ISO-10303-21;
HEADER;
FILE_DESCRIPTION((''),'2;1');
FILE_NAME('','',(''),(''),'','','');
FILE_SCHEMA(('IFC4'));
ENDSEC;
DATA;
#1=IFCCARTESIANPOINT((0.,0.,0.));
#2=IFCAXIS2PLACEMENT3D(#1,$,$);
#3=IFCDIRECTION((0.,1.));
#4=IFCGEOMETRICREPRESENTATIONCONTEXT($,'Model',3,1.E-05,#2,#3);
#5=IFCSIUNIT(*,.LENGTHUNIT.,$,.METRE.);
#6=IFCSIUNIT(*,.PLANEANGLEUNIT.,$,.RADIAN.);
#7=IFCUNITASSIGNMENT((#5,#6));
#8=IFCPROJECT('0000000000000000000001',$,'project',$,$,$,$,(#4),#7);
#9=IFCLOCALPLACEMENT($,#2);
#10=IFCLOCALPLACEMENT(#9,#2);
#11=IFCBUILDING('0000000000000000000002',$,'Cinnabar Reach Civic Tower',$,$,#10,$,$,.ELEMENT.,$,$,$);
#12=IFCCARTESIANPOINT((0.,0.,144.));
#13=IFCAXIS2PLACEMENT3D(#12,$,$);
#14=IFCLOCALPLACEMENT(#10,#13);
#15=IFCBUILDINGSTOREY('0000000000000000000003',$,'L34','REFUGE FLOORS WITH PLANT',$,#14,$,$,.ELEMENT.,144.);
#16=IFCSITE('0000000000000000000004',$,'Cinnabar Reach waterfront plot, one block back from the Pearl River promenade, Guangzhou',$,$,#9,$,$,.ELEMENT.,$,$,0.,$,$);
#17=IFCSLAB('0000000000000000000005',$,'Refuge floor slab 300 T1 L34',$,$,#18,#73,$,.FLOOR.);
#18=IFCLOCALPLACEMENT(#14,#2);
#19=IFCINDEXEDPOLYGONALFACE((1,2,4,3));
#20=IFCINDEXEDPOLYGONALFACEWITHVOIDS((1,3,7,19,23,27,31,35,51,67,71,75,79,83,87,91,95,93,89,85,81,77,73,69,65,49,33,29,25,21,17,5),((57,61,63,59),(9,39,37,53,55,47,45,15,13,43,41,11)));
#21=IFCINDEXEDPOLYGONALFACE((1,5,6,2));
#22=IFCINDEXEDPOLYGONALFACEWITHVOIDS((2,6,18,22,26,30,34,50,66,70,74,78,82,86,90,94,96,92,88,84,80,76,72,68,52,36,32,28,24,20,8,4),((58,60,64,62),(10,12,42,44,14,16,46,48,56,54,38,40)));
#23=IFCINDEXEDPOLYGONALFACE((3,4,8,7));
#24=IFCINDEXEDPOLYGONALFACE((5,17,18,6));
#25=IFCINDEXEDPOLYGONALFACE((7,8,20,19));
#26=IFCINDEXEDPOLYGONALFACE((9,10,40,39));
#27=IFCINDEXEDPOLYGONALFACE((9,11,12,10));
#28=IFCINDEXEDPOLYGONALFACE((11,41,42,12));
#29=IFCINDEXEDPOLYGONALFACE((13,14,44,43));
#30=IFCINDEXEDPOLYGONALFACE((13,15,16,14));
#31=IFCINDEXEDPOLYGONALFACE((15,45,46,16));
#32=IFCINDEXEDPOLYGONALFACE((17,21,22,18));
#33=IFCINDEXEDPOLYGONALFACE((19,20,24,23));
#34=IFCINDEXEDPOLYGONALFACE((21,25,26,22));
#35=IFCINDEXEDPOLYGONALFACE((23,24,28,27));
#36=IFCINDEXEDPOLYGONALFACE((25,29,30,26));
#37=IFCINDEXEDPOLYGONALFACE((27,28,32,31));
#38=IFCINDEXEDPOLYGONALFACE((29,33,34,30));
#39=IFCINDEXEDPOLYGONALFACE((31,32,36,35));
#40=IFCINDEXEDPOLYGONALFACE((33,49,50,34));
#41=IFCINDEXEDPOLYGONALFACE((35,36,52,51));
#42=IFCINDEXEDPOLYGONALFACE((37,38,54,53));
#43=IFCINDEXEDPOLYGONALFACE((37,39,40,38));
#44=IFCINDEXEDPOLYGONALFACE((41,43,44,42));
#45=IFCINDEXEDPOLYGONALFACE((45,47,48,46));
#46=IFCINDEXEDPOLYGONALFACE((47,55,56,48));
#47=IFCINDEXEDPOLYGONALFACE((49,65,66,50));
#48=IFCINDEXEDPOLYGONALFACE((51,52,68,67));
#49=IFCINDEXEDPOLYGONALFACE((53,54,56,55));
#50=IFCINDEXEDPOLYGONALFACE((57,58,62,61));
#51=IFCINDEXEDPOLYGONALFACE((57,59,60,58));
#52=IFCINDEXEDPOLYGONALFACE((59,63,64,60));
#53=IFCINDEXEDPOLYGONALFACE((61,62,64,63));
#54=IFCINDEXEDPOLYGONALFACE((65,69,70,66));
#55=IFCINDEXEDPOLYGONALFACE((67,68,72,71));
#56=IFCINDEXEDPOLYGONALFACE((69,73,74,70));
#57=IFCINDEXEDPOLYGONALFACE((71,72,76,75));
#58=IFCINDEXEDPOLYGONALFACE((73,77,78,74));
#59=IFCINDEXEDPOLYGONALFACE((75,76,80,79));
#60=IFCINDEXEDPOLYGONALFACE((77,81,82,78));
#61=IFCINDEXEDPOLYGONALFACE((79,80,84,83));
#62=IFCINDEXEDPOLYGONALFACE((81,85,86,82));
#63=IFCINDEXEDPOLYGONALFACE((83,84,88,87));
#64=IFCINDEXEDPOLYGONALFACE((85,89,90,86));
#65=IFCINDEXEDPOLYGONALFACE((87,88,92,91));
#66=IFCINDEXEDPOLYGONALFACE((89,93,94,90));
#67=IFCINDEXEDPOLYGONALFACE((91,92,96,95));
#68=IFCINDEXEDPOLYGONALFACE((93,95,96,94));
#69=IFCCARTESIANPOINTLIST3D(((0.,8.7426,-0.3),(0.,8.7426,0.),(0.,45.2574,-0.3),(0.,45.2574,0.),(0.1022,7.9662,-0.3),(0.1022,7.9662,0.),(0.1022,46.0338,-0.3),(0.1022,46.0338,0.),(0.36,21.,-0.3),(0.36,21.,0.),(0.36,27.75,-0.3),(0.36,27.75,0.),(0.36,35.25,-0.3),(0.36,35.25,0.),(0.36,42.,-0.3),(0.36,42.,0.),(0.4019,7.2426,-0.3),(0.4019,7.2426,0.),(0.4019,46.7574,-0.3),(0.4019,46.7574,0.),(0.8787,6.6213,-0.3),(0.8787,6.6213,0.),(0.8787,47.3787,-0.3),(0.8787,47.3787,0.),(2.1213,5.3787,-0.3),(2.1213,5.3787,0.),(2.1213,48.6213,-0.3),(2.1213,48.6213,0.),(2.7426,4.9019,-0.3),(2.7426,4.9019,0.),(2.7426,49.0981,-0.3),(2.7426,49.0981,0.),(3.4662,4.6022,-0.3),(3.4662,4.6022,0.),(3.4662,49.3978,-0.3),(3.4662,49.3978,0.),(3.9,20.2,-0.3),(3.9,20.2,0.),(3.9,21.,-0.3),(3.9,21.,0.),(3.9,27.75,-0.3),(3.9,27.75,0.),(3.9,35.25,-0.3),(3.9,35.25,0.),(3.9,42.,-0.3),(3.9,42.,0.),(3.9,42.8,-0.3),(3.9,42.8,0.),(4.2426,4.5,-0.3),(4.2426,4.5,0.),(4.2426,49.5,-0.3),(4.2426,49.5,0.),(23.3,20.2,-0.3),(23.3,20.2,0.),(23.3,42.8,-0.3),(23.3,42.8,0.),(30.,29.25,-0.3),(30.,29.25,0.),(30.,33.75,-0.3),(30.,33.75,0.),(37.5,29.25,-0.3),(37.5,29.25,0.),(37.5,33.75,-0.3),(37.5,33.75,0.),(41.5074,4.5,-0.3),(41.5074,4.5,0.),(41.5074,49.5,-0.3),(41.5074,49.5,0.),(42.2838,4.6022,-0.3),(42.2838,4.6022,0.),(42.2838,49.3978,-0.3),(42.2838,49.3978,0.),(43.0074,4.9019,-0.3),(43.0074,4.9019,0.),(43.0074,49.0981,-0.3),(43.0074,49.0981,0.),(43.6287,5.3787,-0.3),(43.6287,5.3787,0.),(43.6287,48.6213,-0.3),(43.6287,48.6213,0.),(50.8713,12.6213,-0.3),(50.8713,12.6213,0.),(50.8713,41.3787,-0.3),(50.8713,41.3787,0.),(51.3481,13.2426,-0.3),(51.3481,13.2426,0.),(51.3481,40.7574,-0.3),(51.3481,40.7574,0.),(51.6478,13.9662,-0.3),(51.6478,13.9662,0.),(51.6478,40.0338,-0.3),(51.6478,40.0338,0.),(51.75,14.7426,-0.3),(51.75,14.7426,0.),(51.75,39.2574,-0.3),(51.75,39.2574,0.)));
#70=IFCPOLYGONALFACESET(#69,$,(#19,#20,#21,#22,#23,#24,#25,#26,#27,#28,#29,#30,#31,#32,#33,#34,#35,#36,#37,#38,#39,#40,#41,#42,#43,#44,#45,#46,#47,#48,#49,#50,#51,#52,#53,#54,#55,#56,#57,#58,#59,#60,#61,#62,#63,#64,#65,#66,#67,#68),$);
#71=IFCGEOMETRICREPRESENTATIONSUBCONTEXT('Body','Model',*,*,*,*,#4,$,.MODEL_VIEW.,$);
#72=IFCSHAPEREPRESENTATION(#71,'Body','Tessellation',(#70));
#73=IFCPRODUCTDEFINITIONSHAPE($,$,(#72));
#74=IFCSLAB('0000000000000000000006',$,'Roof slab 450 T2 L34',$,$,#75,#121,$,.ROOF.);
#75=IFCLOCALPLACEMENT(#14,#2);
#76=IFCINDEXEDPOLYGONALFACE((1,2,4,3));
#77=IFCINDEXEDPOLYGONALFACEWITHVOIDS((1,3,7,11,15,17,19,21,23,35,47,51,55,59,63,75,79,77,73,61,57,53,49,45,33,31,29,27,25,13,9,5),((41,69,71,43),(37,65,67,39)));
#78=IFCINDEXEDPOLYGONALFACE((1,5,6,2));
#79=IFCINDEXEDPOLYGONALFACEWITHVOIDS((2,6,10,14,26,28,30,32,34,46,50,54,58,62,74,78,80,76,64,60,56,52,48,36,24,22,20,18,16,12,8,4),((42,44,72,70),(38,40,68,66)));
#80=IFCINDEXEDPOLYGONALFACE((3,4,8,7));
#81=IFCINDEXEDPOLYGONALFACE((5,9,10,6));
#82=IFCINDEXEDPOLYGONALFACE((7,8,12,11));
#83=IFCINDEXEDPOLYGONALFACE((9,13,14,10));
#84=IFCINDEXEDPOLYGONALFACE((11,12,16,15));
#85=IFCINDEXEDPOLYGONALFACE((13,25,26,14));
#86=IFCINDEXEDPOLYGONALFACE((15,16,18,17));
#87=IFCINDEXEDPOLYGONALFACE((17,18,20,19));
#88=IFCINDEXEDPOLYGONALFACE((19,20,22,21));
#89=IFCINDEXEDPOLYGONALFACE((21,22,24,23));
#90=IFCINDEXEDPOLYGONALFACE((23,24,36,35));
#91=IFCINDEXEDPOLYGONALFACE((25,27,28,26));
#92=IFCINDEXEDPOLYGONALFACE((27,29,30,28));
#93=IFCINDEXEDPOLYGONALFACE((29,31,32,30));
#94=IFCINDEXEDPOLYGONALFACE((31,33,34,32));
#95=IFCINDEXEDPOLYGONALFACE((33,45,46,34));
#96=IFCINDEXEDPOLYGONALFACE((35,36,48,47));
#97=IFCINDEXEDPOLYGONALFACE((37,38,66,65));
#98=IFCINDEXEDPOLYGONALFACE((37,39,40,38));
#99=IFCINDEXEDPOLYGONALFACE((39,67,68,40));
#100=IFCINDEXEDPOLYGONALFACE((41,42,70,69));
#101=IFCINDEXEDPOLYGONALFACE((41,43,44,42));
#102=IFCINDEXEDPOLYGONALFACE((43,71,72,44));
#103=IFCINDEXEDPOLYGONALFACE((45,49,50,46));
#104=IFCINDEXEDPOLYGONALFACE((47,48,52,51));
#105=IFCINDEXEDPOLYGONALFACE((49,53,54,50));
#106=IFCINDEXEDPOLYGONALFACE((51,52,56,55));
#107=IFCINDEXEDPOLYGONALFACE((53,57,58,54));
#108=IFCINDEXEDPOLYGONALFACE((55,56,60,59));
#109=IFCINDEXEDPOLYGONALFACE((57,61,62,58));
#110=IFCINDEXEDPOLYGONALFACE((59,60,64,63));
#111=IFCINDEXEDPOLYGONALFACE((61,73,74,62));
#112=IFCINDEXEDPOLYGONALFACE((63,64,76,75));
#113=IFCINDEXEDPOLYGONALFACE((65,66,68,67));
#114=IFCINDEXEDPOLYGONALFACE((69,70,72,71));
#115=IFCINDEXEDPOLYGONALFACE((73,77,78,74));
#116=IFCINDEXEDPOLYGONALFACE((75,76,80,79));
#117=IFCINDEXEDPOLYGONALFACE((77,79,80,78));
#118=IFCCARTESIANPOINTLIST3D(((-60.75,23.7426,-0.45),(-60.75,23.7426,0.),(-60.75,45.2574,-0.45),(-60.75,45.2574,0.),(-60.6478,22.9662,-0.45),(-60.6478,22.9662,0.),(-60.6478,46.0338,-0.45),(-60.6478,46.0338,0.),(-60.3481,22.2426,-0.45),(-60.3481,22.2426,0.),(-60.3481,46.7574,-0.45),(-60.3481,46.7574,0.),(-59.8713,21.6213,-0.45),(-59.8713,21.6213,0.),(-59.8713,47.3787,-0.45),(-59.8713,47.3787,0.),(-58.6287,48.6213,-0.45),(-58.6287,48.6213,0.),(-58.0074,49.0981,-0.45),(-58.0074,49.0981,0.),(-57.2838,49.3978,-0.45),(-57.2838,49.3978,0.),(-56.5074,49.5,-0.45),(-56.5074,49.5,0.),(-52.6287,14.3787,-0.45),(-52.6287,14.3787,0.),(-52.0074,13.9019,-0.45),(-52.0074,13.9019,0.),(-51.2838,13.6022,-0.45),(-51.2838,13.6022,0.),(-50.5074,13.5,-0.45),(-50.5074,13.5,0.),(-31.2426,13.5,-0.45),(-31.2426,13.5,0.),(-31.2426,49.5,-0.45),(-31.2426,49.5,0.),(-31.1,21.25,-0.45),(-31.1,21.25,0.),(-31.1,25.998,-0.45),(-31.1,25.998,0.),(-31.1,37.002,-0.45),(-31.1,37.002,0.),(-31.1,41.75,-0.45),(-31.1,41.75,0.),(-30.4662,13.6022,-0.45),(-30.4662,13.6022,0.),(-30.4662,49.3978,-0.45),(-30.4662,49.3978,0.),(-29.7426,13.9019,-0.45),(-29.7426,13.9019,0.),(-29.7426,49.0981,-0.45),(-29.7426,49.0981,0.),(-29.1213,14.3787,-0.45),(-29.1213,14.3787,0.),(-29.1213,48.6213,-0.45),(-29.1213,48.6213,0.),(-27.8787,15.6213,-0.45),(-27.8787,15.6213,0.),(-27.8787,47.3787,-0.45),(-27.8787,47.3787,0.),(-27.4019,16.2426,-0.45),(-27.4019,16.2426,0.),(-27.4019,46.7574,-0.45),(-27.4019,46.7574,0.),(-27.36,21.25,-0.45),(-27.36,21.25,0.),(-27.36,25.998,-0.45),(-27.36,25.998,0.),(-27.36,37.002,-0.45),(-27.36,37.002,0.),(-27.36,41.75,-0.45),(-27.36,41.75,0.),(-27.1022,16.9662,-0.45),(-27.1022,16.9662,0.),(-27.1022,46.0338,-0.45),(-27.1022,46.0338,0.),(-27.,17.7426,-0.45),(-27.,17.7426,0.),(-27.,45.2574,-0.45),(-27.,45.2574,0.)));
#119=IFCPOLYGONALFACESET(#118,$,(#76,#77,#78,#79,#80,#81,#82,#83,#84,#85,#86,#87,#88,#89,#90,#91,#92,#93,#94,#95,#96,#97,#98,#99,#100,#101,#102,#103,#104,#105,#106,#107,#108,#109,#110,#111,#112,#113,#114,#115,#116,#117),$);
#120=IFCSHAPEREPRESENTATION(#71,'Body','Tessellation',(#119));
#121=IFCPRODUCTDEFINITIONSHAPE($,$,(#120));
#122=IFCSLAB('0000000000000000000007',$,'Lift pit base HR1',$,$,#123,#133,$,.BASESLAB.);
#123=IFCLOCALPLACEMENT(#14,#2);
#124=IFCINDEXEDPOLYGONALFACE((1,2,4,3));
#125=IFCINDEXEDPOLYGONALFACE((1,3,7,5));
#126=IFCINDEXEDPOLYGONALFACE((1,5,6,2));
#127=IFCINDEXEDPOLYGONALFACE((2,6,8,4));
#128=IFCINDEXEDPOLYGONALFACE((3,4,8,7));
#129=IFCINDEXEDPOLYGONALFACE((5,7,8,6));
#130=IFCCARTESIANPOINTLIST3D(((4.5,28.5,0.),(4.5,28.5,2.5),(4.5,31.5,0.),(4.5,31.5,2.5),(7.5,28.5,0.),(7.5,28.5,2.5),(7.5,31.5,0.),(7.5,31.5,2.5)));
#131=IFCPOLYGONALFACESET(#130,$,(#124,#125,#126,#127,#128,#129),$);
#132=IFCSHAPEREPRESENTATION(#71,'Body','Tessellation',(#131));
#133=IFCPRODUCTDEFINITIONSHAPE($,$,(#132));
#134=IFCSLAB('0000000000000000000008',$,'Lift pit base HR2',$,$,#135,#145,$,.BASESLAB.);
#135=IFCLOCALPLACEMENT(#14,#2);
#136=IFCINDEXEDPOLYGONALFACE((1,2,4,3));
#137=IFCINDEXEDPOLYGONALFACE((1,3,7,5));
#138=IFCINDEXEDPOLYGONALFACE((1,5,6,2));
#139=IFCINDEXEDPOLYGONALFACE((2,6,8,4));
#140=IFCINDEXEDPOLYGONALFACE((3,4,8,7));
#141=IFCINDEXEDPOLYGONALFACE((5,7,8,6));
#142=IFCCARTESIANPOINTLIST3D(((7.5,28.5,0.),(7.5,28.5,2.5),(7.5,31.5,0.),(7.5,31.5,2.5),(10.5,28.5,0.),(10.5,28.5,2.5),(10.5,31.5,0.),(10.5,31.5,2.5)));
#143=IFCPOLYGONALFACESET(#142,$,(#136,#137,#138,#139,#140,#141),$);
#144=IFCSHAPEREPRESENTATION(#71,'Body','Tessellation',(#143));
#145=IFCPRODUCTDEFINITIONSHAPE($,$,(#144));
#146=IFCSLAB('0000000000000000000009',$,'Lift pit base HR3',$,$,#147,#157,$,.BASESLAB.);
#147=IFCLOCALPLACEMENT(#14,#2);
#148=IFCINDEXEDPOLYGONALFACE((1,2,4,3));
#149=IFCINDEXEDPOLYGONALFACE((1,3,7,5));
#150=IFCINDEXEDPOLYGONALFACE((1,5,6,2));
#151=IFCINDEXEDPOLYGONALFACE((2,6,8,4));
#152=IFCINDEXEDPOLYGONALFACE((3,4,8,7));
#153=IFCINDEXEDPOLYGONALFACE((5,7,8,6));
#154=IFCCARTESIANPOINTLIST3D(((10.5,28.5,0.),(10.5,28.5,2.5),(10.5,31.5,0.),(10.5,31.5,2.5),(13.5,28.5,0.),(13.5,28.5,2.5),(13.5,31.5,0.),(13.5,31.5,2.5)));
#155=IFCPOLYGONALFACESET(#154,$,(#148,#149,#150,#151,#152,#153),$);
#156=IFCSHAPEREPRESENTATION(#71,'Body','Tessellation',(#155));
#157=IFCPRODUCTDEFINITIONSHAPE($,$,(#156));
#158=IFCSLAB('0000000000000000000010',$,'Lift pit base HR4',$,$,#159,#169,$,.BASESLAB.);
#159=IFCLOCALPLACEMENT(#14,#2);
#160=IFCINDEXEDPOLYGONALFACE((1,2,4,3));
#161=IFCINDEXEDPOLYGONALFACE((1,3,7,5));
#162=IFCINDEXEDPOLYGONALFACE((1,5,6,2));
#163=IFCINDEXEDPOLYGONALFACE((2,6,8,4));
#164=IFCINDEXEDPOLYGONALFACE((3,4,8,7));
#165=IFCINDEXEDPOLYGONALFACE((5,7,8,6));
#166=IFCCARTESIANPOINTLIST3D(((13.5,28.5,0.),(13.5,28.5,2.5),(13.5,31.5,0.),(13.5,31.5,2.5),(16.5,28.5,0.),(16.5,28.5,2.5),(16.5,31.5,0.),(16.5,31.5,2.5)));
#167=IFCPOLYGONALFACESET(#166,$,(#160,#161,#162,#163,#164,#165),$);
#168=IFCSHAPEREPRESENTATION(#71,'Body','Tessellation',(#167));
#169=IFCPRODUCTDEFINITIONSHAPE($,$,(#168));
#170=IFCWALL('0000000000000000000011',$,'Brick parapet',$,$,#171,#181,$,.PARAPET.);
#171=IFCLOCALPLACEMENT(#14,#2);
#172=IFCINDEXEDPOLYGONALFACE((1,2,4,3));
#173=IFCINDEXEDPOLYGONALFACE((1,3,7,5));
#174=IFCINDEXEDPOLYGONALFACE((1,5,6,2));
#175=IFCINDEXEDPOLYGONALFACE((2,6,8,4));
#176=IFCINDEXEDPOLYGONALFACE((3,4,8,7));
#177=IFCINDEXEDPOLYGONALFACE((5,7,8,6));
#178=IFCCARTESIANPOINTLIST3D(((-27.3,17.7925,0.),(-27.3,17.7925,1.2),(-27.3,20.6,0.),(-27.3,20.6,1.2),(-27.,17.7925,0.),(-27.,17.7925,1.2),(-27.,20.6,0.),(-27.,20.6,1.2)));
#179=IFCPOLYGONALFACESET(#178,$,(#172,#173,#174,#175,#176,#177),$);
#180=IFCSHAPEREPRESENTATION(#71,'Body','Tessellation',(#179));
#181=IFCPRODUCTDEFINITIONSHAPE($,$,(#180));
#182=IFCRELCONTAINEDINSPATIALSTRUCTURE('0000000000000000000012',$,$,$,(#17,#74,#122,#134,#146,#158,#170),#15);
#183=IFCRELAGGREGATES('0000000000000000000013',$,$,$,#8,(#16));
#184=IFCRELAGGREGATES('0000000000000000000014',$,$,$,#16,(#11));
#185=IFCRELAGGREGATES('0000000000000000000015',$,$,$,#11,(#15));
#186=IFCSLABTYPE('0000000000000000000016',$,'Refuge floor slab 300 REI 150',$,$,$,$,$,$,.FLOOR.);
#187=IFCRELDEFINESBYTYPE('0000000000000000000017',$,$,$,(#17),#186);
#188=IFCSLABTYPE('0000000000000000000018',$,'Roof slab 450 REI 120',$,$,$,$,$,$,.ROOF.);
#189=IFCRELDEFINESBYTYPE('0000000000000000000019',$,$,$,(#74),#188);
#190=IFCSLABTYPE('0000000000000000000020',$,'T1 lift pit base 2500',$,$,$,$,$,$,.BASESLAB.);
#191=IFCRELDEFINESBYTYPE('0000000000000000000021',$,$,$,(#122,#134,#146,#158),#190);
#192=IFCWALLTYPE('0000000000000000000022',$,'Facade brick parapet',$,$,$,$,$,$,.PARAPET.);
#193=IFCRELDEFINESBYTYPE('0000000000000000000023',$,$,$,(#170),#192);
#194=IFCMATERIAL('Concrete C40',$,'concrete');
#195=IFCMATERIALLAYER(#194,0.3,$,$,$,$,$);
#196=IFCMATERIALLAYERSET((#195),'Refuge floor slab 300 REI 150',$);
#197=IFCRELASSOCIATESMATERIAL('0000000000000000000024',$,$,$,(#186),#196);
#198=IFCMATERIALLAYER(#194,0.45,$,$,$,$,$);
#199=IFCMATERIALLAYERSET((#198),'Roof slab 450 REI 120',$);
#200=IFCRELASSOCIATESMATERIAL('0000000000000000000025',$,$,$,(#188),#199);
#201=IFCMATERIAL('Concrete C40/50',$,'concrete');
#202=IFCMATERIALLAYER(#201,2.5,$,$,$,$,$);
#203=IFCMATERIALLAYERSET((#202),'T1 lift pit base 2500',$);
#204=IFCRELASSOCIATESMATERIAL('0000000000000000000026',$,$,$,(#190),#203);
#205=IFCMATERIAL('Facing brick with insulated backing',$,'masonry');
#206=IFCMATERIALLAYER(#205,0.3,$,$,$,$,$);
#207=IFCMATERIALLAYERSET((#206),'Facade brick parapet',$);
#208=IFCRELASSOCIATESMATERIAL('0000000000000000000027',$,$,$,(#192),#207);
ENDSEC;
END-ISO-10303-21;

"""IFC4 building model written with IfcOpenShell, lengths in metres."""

from ifc_helpers import new_model, si_unit, direction, frame, frame_2d, origin, place, context, subcontext, project, spatial, polyline, rectangle, outline, extrude, material, layer, layer_set, type_object, element, save


model = new_model("IFC4")

# Units and contexts
model_context = context("Model", 3, precision=1e-05, world=origin(), true_north=direction((0.0, 1.0)))
body_context = subcontext(model_context, "Body", "Model", "MODEL_VIEW")
ifc_project = project(units=[si_unit("LENGTHUNIT", "METRE"), si_unit("PLANEANGLEUNIT", "RADIAN")], contexts=[model_context])

# Site, building, storey
site_placement = place(None, origin())
site = spatial("IfcSite", under=ifc_project, at=site_placement, Name="Cinnabar Reach waterfront plot, one block back from the Pearl River promenade, Guangzhou", CompositionType="ELEMENT", RefElevation=0.0)
building_placement = place(site_placement, origin())
building = spatial("IfcBuilding", under=site, at=building_placement, Name="Cinnabar Reach Civic Tower", CompositionType="ELEMENT")
storey_placement = place(building_placement, frame((0.0, 0.0, 144.0)))
storey = spatial("IfcBuildingStorey", under=building, at=storey_placement, Name="L34", Description="REFUGE FLOORS WITH PLANT", CompositionType="ELEMENT", Elevation=144.0)

# Slabs
ifc_material_1 = material(Name="Concrete C40", Category="concrete")
ifc_layer_1 = layer(ifc_material_1, 0.3)
ifc_layer_set_1 = layer_set([ifc_layer_1], Name="Refuge floor slab 300 REI 150")
slab_type_1 = type_object("IfcSlabType", Name="Refuge floor slab 300 REI 150", PredefinedType="FLOOR", material=ifc_layer_set_1)
slab_1_placement = place(storey_placement, frame((0.0, 0.0, -0.3)))
element("IfcSlab", 1, at=slab_1_placement, inside=storey, type_object=slab_type_1, Name="Refuge floor slab 300 T1 L34", PredefinedType="FLOOR", context=body_context, shape_type="SweptSolid", body=[
    extrude(outline(polyline([(0.8787, 6.6213), (0.4019, 7.2426), (0.1022, 7.9662), (0.0, 8.7426), (0.0, 45.2574), (0.1022, 46.0338), (0.4019, 46.7574), (0.8787, 47.3787), (2.1213, 48.6213), (2.7426, 49.0981), (3.4662, 49.3978), (4.2426, 49.5), (41.5074, 49.5), (42.2838, 49.3978), (43.0074, 49.0981), (43.6287, 48.6213), (50.8713, 41.3787), (51.3481, 40.7574), (51.6478, 40.0338), (51.75, 39.2574), (51.75, 14.7426), (51.6478, 13.9662), (51.3481, 13.2426), (50.8713, 12.6213), (43.6287, 5.3787), (43.0074, 4.9019), (42.2838, 4.6022), (41.5074, 4.5), (4.2426, 4.5), (3.4662, 4.6022), (2.7426, 4.9019), (2.1213, 5.3787), (0.8787, 6.6213)]), holes=[polyline([(0.36, 21.0), (3.9, 21.0), (3.9, 20.2), (23.3, 20.2), (23.3, 42.8), (3.9, 42.8), (3.9, 42.0), (0.36, 42.0), (0.36, 35.25), (3.9, 35.25), (3.9, 27.75), (0.36, 27.75), (0.36, 21.0)]), polyline([(30.0, 33.75), (30.0, 29.25), (37.5, 29.25), (37.5, 33.75), (30.0, 33.75)])]), origin(), (0.0, 0.0, 1.0), 0.3),
])
ifc_layer_2 = layer(ifc_material_1, 0.45)
ifc_layer_set_2 = layer_set([ifc_layer_2], Name="Roof slab 450 REI 120")
slab_type_2 = type_object("IfcSlabType", Name="Roof slab 450 REI 120", PredefinedType="ROOF", material=ifc_layer_set_2)
slab_2_placement = place(storey_placement, frame((0.0, 0.0, -0.45)))
element("IfcSlab", 2, at=slab_2_placement, inside=storey, type_object=slab_type_2, Name="Roof slab 450 T2 L34", PredefinedType="ROOF", context=body_context, shape_type="SweptSolid", body=[
    extrude(outline(polyline([(-52.6287, 14.3787), (-52.0074, 13.9019), (-51.2838, 13.6022), (-50.5074, 13.5), (-31.2426, 13.5), (-30.4662, 13.6022), (-29.7426, 13.9019), (-29.1213, 14.3787), (-27.8787, 15.6213), (-27.4019, 16.2426), (-27.1022, 16.9662), (-27.0, 17.7426), (-27.0, 45.2574), (-27.1022, 46.0338), (-27.4019, 46.7574), (-27.8787, 47.3787), (-29.1213, 48.6213), (-29.7426, 49.0981), (-30.4662, 49.3978), (-31.2426, 49.5), (-56.5074, 49.5), (-57.2838, 49.3978), (-58.0074, 49.0981), (-58.6287, 48.6213), (-59.8713, 47.3787), (-60.3481, 46.7574), (-60.6478, 46.0338), (-60.75, 45.2574), (-60.75, 23.7426), (-60.6478, 22.9662), (-60.3481, 22.2426), (-59.8713, 21.6213), (-52.6287, 14.3787)]), holes=[polyline([(-31.1, 21.25), (-27.36, 21.25), (-27.36, 25.998), (-31.1, 25.998), (-31.1, 21.25)]), polyline([(-31.1, 37.002), (-27.36, 37.002), (-27.36, 41.75), (-31.1, 41.75), (-31.1, 37.002)])]), origin(), (0.0, 0.0, 1.0), 0.45),
])
ifc_material_2 = material(Name="Concrete C40/50", Category="concrete")
ifc_layer_3 = layer(ifc_material_2, 2.5)
ifc_layer_set_3 = layer_set([ifc_layer_3], Name="T1 lift pit base 2500")
slab_type_3 = type_object("IfcSlabType", Name="T1 lift pit base 2500", PredefinedType="BASESLAB", material=ifc_layer_set_3)
slab_3_placement = place(storey_placement, origin())
element("IfcSlab", 3, at=slab_3_placement, inside=storey, type_object=slab_type_3, Name="Lift pit base HR1", PredefinedType="BASESLAB", context=body_context, shape_type="SweptSolid", body=[
    extrude(outline(polyline([(7.5, 31.5), (7.5, 28.5), (4.5, 28.5), (4.5, 31.5), (7.5, 31.5)])), origin(), (0.0, 0.0, 1.0), 2.5),
])
slab_4_placement = place(storey_placement, origin())
element("IfcSlab", 4, at=slab_4_placement, inside=storey, type_object=slab_type_3, Name="Lift pit base HR2", PredefinedType="BASESLAB", context=body_context, shape_type="SweptSolid", body=[
    extrude(outline(polyline([(7.5, 28.5), (7.5, 31.5), (10.5, 31.5), (10.5, 28.5), (7.5, 28.5)])), origin(), (0.0, 0.0, 1.0), 2.5),
])
slab_5_placement = place(storey_placement, origin())
element("IfcSlab", 5, at=slab_5_placement, inside=storey, type_object=slab_type_3, Name="Lift pit base HR3", PredefinedType="BASESLAB", context=body_context, shape_type="SweptSolid", body=[
    extrude(outline(polyline([(10.5, 28.5), (10.5, 31.5), (13.5, 31.5), (13.5, 28.5), (10.5, 28.5)])), origin(), (0.0, 0.0, 1.0), 2.5),
])
slab_6_placement = place(storey_placement, origin())
element("IfcSlab", 6, at=slab_6_placement, inside=storey, type_object=slab_type_3, Name="Lift pit base HR4", PredefinedType="BASESLAB", context=body_context, shape_type="SweptSolid", body=[
    extrude(outline(polyline([(13.5, 28.5), (13.5, 31.5), (16.5, 31.5), (16.5, 28.5), (13.5, 28.5)])), origin(), (0.0, 0.0, 1.0), 2.5),
])

# Wall
ifc_material_3 = material(Name="Facing brick with insulated backing", Category="masonry")
ifc_layer_4 = layer(ifc_material_3, 0.3)
ifc_layer_set_4 = layer_set([ifc_layer_4], Name="Facade brick parapet")
wall_type_1 = type_object("IfcWallType", Name="Facade brick parapet", PredefinedType="PARAPET", material=ifc_layer_set_4)
wall_1_placement = place(storey_placement, frame((-27.15, 20.6, 0.0), z_axis=(0.0, 0.0, 1.0), x_axis=(0.0, -1.0, 0.0)))
element("IfcWall", 7, at=wall_1_placement, inside=storey, type_object=wall_type_1, Name="Brick parapet", PredefinedType="PARAPET", context=body_context, shape_type="SweptSolid", body=[
    extrude(rectangle(XDim=2.8075, YDim=0.3, at=frame_2d((1.4038, 0.0))), origin(), (0.0, 0.0, 1.0), 1.2),
])

save(model, "model.ifc")
